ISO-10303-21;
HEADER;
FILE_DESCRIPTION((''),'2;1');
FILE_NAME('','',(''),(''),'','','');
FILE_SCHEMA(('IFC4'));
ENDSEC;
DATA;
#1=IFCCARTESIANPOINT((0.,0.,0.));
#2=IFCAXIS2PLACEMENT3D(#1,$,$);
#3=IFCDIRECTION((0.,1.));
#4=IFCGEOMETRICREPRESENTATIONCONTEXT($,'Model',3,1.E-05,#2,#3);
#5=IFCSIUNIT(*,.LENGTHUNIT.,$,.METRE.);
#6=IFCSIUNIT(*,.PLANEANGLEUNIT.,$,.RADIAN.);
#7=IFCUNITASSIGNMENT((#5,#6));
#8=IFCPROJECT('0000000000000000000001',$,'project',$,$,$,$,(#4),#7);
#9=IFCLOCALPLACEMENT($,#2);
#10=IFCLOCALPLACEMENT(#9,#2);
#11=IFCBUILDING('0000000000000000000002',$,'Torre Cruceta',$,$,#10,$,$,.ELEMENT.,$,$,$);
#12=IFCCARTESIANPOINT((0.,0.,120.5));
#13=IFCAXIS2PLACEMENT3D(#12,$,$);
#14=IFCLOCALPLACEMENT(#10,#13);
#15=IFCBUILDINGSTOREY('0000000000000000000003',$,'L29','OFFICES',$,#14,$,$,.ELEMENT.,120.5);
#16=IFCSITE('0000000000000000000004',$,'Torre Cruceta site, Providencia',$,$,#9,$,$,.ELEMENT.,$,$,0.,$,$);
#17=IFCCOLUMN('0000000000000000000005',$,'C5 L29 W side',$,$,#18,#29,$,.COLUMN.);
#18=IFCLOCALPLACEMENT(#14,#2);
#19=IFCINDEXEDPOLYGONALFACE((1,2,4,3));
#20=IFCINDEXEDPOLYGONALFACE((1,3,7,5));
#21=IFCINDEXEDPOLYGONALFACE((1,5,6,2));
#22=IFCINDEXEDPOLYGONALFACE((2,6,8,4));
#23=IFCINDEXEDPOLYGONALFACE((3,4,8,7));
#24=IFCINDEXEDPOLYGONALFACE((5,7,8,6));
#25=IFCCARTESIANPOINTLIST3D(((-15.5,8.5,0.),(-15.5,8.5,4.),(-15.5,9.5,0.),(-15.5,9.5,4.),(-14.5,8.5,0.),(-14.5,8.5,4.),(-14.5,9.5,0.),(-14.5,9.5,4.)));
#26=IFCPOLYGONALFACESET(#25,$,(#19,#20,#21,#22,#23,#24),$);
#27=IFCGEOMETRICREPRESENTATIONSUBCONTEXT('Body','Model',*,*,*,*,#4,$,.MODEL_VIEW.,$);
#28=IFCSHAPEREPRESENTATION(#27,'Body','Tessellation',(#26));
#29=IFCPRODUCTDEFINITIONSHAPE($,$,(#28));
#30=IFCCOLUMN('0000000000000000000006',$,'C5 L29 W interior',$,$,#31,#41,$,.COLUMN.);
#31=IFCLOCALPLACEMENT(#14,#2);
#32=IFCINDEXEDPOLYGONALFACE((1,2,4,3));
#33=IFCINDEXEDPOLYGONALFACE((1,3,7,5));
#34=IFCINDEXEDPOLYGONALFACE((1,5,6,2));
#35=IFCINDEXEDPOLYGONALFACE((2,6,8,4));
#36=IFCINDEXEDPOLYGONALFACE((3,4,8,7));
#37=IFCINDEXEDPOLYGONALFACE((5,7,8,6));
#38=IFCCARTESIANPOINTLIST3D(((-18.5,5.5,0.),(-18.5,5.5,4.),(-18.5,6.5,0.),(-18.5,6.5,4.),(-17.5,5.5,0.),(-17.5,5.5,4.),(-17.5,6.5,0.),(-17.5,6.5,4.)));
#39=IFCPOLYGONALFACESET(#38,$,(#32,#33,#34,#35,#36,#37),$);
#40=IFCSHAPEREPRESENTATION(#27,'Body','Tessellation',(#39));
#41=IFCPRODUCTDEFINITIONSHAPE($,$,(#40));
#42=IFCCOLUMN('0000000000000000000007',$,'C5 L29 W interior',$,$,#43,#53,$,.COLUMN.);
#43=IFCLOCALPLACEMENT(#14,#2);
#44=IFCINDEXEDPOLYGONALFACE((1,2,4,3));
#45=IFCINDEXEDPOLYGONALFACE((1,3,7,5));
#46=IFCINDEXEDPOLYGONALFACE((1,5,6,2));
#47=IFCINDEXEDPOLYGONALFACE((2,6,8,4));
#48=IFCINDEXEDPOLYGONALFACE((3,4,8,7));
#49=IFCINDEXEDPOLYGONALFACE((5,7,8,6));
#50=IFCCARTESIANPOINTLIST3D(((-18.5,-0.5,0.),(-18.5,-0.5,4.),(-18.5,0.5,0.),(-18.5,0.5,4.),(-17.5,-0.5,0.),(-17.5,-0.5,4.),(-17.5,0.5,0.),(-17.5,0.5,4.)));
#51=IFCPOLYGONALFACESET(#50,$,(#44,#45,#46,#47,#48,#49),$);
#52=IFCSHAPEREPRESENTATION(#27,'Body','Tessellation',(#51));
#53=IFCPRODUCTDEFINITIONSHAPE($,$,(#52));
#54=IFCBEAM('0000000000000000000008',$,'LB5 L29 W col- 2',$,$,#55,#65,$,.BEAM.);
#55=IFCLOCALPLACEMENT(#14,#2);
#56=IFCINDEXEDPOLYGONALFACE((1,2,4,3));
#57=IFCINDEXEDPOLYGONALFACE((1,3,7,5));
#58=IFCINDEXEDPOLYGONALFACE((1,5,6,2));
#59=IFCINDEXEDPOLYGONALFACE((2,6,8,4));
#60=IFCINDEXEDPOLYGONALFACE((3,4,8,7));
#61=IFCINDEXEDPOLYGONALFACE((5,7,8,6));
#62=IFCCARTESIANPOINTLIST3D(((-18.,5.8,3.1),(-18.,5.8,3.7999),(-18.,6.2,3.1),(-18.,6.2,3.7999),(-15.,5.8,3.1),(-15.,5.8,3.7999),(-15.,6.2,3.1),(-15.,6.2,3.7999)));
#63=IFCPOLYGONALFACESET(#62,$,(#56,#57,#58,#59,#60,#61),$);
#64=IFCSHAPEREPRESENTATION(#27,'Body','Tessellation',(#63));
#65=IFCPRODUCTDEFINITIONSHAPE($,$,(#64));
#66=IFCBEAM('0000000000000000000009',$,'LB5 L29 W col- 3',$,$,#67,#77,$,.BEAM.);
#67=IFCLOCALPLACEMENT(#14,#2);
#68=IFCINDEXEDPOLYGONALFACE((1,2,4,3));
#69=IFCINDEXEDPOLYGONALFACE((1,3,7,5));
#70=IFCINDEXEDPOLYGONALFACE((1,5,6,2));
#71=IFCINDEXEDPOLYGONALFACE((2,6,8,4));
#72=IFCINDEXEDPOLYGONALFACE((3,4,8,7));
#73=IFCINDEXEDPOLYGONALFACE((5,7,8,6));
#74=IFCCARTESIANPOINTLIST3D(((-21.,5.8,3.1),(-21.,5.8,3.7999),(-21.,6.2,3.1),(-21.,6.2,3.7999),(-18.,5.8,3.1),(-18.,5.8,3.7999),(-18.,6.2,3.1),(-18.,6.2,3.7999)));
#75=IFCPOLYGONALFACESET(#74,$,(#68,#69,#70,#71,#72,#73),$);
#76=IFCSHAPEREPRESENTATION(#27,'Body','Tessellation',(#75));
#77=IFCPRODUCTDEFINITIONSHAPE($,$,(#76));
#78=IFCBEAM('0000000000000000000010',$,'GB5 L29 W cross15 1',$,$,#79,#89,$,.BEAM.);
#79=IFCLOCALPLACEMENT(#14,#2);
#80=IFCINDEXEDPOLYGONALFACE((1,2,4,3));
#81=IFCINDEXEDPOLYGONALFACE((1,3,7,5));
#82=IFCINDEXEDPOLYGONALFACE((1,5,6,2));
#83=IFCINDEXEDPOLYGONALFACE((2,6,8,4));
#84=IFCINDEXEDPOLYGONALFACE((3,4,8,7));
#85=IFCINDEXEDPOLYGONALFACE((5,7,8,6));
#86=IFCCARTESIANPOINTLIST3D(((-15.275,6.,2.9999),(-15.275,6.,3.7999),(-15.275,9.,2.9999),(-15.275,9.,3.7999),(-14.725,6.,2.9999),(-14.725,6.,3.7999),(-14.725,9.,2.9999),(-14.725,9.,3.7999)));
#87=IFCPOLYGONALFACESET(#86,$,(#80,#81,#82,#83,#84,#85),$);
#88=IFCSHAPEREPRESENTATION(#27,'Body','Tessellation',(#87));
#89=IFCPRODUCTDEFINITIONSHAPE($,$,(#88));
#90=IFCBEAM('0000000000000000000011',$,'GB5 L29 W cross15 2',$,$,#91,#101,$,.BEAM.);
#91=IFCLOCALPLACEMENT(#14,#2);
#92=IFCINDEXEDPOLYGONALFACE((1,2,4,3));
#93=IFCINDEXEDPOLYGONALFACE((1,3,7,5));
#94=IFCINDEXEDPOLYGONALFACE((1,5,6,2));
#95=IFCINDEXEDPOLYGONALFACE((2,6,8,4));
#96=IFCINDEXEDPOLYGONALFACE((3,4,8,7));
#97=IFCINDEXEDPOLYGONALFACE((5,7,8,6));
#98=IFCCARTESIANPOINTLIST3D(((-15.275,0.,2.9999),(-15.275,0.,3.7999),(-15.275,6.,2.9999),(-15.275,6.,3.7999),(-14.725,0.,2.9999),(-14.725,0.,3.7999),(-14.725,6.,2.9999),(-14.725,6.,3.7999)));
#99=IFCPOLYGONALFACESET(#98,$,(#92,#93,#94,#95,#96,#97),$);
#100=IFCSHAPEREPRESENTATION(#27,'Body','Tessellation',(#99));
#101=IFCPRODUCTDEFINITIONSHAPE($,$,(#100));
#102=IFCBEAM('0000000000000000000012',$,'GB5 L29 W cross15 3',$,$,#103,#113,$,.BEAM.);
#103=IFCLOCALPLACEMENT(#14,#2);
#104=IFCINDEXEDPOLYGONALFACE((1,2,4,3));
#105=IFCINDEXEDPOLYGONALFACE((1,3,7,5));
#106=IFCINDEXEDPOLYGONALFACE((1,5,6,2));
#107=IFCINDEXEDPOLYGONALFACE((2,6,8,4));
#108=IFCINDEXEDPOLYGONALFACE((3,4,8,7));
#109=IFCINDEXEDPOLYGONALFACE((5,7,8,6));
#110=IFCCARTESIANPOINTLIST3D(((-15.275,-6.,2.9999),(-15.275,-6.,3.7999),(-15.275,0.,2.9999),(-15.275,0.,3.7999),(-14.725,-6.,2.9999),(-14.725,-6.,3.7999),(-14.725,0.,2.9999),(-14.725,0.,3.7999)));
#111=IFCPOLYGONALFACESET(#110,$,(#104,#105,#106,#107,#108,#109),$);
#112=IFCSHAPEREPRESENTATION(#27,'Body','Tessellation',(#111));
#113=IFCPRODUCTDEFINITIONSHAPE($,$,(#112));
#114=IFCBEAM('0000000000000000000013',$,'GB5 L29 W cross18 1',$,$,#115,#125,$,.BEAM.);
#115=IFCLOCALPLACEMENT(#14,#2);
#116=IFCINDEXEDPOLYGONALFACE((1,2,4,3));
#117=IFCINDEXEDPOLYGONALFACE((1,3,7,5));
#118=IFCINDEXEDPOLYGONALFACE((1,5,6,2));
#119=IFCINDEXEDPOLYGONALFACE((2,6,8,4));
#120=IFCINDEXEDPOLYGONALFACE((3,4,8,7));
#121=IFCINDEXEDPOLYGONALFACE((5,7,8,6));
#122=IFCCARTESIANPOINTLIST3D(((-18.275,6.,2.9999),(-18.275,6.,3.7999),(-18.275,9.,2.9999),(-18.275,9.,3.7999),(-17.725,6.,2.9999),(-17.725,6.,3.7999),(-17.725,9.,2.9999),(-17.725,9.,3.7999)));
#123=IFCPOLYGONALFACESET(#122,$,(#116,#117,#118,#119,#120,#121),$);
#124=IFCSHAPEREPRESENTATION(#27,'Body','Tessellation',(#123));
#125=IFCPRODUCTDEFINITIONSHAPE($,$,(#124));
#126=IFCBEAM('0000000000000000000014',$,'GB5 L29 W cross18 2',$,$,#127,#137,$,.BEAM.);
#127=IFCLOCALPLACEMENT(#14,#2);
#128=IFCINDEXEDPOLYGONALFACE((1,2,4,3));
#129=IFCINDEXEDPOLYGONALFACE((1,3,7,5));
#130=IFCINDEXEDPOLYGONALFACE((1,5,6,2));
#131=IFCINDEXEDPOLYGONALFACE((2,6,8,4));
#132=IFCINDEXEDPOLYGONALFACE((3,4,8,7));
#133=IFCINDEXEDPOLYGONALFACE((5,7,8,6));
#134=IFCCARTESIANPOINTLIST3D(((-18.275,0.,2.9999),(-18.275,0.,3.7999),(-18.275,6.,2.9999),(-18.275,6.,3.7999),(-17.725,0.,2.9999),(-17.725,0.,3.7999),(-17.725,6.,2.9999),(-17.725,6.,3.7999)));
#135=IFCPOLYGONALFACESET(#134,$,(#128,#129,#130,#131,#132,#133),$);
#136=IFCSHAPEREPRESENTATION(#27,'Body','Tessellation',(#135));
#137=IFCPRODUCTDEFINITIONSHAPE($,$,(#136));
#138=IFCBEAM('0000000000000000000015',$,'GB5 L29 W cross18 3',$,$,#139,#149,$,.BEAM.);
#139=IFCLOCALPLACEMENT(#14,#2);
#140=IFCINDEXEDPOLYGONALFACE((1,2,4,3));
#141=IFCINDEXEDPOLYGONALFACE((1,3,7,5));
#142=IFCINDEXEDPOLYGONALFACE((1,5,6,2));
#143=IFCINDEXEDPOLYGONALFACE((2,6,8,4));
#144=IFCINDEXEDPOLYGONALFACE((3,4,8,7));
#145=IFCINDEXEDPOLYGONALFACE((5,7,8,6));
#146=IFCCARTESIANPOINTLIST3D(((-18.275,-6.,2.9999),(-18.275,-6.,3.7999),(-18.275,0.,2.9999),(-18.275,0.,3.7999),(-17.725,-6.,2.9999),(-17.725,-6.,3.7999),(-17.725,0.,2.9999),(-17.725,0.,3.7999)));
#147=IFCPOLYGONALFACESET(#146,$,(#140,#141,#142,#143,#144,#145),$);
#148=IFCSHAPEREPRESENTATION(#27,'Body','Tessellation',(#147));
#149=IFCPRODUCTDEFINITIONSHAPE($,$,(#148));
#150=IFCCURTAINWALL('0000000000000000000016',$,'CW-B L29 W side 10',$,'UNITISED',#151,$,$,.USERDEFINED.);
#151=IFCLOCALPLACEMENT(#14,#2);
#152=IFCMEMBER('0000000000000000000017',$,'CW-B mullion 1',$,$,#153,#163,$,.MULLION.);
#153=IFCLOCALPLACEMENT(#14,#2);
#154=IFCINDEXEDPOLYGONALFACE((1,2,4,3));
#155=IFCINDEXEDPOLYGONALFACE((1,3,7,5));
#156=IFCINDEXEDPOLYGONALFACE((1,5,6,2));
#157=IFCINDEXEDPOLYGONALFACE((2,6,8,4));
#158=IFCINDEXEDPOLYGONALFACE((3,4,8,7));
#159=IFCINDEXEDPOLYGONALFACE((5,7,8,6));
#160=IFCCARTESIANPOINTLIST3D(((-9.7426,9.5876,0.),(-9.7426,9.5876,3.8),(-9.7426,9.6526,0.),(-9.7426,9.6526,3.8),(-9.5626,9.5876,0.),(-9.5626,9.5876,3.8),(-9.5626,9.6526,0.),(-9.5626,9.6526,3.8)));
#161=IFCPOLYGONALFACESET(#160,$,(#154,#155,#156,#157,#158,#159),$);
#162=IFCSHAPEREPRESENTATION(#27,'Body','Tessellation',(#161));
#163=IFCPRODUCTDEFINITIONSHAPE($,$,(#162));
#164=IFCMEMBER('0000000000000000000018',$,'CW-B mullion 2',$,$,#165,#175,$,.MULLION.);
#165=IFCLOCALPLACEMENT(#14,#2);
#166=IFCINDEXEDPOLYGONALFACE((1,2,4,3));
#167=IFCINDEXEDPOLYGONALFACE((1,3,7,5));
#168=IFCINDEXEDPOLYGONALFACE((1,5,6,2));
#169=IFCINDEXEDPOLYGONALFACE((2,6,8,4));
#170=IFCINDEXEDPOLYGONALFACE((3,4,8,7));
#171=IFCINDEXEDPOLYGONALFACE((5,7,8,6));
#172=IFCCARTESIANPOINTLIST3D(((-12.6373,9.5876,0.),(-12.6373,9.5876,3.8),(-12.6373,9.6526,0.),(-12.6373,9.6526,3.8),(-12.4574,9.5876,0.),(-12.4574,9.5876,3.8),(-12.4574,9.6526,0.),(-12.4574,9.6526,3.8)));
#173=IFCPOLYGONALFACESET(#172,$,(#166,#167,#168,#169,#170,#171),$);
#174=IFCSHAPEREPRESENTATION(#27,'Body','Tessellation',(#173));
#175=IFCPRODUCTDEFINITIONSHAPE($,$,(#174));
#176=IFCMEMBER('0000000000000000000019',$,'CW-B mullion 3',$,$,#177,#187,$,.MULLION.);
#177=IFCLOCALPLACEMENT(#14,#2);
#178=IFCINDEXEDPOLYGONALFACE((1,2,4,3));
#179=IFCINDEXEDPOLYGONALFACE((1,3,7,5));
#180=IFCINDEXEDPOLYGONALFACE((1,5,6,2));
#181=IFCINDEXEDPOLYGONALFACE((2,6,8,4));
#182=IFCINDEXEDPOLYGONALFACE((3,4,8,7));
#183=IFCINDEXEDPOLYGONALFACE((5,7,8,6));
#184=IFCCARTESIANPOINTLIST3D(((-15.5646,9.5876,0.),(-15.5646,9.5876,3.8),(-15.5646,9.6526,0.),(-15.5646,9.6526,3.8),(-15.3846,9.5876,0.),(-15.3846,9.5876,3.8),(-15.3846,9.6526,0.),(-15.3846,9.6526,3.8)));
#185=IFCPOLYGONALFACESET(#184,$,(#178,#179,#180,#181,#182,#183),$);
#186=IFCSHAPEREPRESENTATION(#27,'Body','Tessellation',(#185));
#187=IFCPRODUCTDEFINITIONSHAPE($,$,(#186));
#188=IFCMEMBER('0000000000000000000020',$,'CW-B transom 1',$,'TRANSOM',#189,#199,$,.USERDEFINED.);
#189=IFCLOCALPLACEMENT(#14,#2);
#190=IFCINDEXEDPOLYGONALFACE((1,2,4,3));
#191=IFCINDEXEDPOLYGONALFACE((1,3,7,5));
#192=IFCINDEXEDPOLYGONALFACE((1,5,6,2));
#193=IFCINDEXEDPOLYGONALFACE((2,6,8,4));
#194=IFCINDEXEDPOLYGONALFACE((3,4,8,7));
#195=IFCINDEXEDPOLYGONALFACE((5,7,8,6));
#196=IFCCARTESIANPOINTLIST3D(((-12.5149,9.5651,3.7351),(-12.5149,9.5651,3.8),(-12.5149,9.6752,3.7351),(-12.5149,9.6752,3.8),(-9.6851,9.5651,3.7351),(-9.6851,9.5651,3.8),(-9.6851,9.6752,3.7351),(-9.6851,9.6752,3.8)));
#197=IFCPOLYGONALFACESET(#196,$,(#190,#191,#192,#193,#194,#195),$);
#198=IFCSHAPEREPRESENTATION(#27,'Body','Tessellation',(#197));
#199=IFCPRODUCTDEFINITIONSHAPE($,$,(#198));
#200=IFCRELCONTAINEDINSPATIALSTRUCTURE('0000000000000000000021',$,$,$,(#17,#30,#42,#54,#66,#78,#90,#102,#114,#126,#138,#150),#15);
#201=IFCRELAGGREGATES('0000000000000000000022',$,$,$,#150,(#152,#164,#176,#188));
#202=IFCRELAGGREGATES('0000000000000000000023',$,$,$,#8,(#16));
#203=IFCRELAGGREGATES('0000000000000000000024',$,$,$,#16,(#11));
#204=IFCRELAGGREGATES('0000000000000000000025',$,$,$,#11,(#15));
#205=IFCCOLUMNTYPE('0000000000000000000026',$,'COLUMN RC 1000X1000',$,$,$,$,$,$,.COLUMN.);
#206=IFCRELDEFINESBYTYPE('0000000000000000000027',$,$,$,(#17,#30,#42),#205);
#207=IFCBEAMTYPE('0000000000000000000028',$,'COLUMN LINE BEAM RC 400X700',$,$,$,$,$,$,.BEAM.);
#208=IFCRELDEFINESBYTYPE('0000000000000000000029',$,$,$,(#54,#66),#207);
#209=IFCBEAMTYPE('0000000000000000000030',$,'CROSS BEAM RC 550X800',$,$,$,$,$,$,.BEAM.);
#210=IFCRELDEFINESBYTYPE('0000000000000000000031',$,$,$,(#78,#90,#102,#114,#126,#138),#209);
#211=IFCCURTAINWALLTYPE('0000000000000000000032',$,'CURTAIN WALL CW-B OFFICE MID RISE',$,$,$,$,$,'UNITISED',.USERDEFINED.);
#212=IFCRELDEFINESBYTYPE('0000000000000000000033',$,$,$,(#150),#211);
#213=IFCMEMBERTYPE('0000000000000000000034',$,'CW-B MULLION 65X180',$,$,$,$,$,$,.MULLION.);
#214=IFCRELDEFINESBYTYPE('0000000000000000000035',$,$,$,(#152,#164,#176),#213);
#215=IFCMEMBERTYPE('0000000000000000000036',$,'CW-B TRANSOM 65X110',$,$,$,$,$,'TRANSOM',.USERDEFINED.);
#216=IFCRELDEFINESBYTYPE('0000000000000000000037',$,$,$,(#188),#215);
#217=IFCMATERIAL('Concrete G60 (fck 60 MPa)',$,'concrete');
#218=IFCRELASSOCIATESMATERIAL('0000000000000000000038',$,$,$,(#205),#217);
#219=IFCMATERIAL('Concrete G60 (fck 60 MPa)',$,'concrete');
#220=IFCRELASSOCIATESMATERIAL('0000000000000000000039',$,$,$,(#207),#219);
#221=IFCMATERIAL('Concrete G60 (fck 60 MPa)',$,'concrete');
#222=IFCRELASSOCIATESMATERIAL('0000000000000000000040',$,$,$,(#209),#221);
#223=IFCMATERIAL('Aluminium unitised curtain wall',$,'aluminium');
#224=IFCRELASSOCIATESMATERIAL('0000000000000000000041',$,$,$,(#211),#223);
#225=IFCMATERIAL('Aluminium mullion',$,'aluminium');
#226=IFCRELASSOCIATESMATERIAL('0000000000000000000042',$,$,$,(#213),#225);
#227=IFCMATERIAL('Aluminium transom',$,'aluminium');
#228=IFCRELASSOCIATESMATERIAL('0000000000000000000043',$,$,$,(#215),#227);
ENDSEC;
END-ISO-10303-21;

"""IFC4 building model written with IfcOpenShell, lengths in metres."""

from ifc_helpers import new_model, si_unit, direction, frame, origin, origin_2d, place, context, subcontext, project, spatial, rectangle, extrude, material, material_profile, profile_set, type_object, element, aggregate, save


model = new_model("IFC4")

# Units and contexts
model_context = context("Model", 3, precision=1e-05, world=origin(), true_north=direction((0.0, 1.0)))
body_context = subcontext(model_context, "Body", "Model", "MODEL_VIEW")
ifc_project = project(units=[si_unit("LENGTHUNIT", "METRE"), si_unit("PLANEANGLEUNIT", "RADIAN")], contexts=[model_context])

# Site, building, storey
site_placement = place(None, origin())
site = spatial("IfcSite", under=ifc_project, at=site_placement, Name="Torre Cruceta site, Providencia", CompositionType="ELEMENT", RefElevation=0.0)
building_placement = place(site_placement, origin())
building = spatial("IfcBuilding", under=site, at=building_placement, Name="Torre Cruceta", CompositionType="ELEMENT")
storey_placement = place(building_placement, frame((0.0, 0.0, 120.5)))
storey = spatial("IfcBuildingStorey", under=building, at=storey_placement, Name="L29", Description="OFFICES", CompositionType="ELEMENT", Elevation=120.5)

# Columns
ifc_material_1 = material(Name="Concrete G60 (fck 60 MPa)", Category="concrete")
ifc_material_profile_1 = material_profile(ifc_material_1, rectangle(XDim=1.0, YDim=1.0, at=origin_2d()), Name="RC 1000X1000")
ifc_profile_set_1 = profile_set([ifc_material_profile_1], Name="Concrete G60 (fck 60 MPa)")
column_type = type_object("IfcColumnType", Name="COLUMN RC 1000X1000", PredefinedType="COLUMN", material=ifc_profile_set_1)
for number, where, z_axis, x_axis, name in (
    (1, (-15.0, 9.0, 0.0), (0.0, 0.0, 1.0), (1.0, 0.0, 0.0), "C5 L29 W side"),
    (2, (-18.0, 6.0, 0.0), (0.0, 0.0, 1.0), (1.0, 0.0, 0.0), "C5 L29 W interior"),
    (3, (-18.0, 0.0, 0.0), (0.0, 0.0, 1.0), (1.0, 0.0, 0.0), "C5 L29 W interior"),
):
    element("IfcColumn", number, at=place(storey_placement, frame(where, z_axis=z_axis, x_axis=x_axis)), inside=storey, type_object=column_type, Name=name, PredefinedType="COLUMN", context=body_context, shape_type="SweptSolid", body=[
        extrude(rectangle(XDim=1.0, YDim=1.0, at=origin_2d()), origin(), (0.0, 0.0, 1.0), 4.0),
    ])

# Beams
ifc_material_2 = material(Name="Concrete G60 (fck 60 MPa)", Category="concrete")
ifc_material_profile_2 = material_profile(ifc_material_2, rectangle(XDim=0.3999, YDim=0.7, at=origin_2d()), Name="RC 400X700")
ifc_profile_set_2 = profile_set([ifc_material_profile_2], Name="Concrete G60 (fck 60 MPa)")
beam_type_1 = type_object("IfcBeamType", Name="COLUMN LINE BEAM RC 400X700", PredefinedType="BEAM", material=ifc_profile_set_2)
for number, where, z_axis, x_axis, name in (
    (4, (-15.0, 6.0, 3.45), (-1.0, 0.0, 0.0), (0.0, -1.0, 0.0), "LB5 L29 W col- 2"),
    (5, (-18.0, 6.0, 3.45), (-1.0, 0.0, 0.0), (0.0, -1.0, 0.0), "LB5 L29 W col- 3"),
):
    element("IfcBeam", number, at=place(storey_placement, frame(where, z_axis=z_axis, x_axis=x_axis)), inside=storey, type_object=beam_type_1, Name=name, PredefinedType="BEAM", context=body_context, shape_type="SweptSolid", body=[
        extrude(rectangle(XDim=0.3999, YDim=0.7, at=origin_2d()), origin(), (0.0, 0.0, 1.0), 3.0),
    ])
ifc_material_3 = material(Name="Concrete G60 (fck 60 MPa)", Category="concrete")
ifc_material_profile_3 = material_profile(ifc_material_3, rectangle(XDim=0.55, YDim=0.8, at=origin_2d()), Name="RC 550X800")
ifc_profile_set_3 = profile_set([ifc_material_profile_3], Name="Concrete G60 (fck 60 MPa)")
beam_type_2 = type_object("IfcBeamType", Name="CROSS BEAM RC 550X800", PredefinedType="BEAM", material=ifc_profile_set_3)
beam_1_placement = place(storey_placement, frame((-15.0, 9.0, 3.3999), z_axis=(0.0, -1.0, 0.0), x_axis=(1.0, 0.0, 0.0)))
element("IfcBeam", 6, at=beam_1_placement, inside=storey, type_object=beam_type_2, Name="GB5 L29 W cross15 1", PredefinedType="BEAM", context=body_context, shape_type="SweptSolid", body=[
    extrude(rectangle(XDim=0.55, YDim=0.8, at=origin_2d()), origin(), (0.0, 0.0, 1.0), 3.0),
])
for number, where, z_axis, x_axis, name in (
    (7, (-15.0, 6.0, 3.3999), (0.0, -1.0, 0.0), (1.0, 0.0, 0.0), "GB5 L29 W cross15 2"),
    (8, (-15.0, 0.0, 3.3999), (0.0, -1.0, 0.0), (1.0, 0.0, 0.0), "GB5 L29 W cross15 3"),
):
    element("IfcBeam", number, at=place(storey_placement, frame(where, z_axis=z_axis, x_axis=x_axis)), inside=storey, type_object=beam_type_2, Name=name, PredefinedType="BEAM", context=body_context, shape_type="SweptSolid", body=[
        extrude(rectangle(XDim=0.55, YDim=0.8, at=origin_2d()), origin(), (0.0, 0.0, 1.0), 6.0),
    ])
beam_2_placement = place(storey_placement, frame((-18.0, 9.0, 3.3999), z_axis=(0.0, -1.0, 0.0), x_axis=(1.0, 0.0, 0.0)))
element("IfcBeam", 9, at=beam_2_placement, inside=storey, type_object=beam_type_2, Name="GB5 L29 W cross18 1", PredefinedType="BEAM", context=body_context, shape_type="SweptSolid", body=[
    extrude(rectangle(XDim=0.55, YDim=0.8, at=origin_2d()), origin(), (0.0, 0.0, 1.0), 3.0),
])
for number, where, z_axis, x_axis, name in (
    (10, (-18.0, 6.0, 3.3999), (0.0, -1.0, 0.0), (1.0, 0.0, 0.0), "GB5 L29 W cross18 2"),
    (11, (-18.0, 0.0, 3.3999), (0.0, -1.0, 0.0), (1.0, 0.0, 0.0), "GB5 L29 W cross18 3"),
):
    element("IfcBeam", number, at=place(storey_placement, frame(where, z_axis=z_axis, x_axis=x_axis)), inside=storey, type_object=beam_type_2, Name=name, PredefinedType="BEAM", context=body_context, shape_type="SweptSolid", body=[
        extrude(rectangle(XDim=0.55, YDim=0.8, at=origin_2d()), origin(), (0.0, 0.0, 1.0), 6.0),
    ])

# Curtain wall, members
ifc_material_4 = material(Name="Aluminium unitised curtain wall", Category="aluminium")
curtain_wall_type = type_object("IfcCurtainWallType", Name="CURTAIN WALL CW-B OFFICE MID RISE", ElementType="UNITISED", PredefinedType="USERDEFINED", material=ifc_material_4)
curtain_wall_placement = place(storey_placement, origin())
curtain_wall = element("IfcCurtainWall", 12, at=curtain_wall_placement, inside=storey, type_object=curtain_wall_type, Name="CW-B L29 W side 10", ObjectType="UNITISED", PredefinedType="USERDEFINED")
ifc_material_5 = material(Name="Aluminium mullion", Category="aluminium")
ifc_material_profile_4 = material_profile(ifc_material_5, rectangle(XDim=0.0649, YDim=0.1799, at=origin_2d()), Name="AL 65X180")
ifc_profile_set_4 = profile_set([ifc_material_profile_4], Name="Aluminium mullion")
member_type_1 = type_object("IfcMemberType", Name="CW-B MULLION 65X180", PredefinedType="MULLION", material=ifc_profile_set_4)
member_1_placement = place(storey_placement, frame((-9.6526, 9.6201, 0.0), z_axis=(0.0, 0.0, 1.0), x_axis=(0.0, -1.0, 0.0)))
member_1 = element("IfcMember", 13, at=member_1_placement, type_object=member_type_1, Name="CW-B mullion 1", PredefinedType="MULLION", context=body_context, shape_type="SweptSolid", body=[
    extrude(rectangle(XDim=0.0649, YDim=0.1799, at=origin_2d()), origin(), (0.0, 0.0, 1.0), 3.8),
])
member_2_placement = place(storey_placement, frame((-12.5474, 9.6201, 0.0), z_axis=(0.0, 0.0, 1.0), x_axis=(0.0, -1.0, 0.0)))
member_2 = element("IfcMember", 14, at=member_2_placement, type_object=member_type_1, Name="CW-B mullion 2", PredefinedType="MULLION", context=body_context, shape_type="SweptSolid", body=[
    extrude(rectangle(XDim=0.0649, YDim=0.1799, at=origin_2d()), origin(), (0.0, 0.0, 1.0), 3.8),
])
member_3_placement = place(storey_placement, frame((-15.4746, 9.6201, 0.0), z_axis=(0.0, 0.0, 1.0), x_axis=(0.0, -1.0, 0.0)))
member_3 = element("IfcMember", 15, at=member_3_placement, type_object=member_type_1, Name="CW-B mullion 3", PredefinedType="MULLION", context=body_context, shape_type="SweptSolid", body=[
    extrude(rectangle(XDim=0.0649, YDim=0.1799, at=origin_2d()), origin(), (0.0, 0.0, 1.0), 3.8),
])
ifc_material_6 = material(Name="Aluminium transom", Category="aluminium")
ifc_material_profile_5 = material_profile(ifc_material_6, rectangle(XDim=0.1101, YDim=0.0649, at=origin_2d()), Name="AL 110X65")
ifc_profile_set_5 = profile_set([ifc_material_profile_5], Name="Aluminium transom")
member_type_2 = type_object("IfcMemberType", Name="CW-B TRANSOM 65X110", ElementType="TRANSOM", PredefinedType="USERDEFINED", material=ifc_profile_set_5)
member_4_placement = place(storey_placement, frame((-9.6851, 9.6201, 3.7676), z_axis=(-1.0, 0.0, 0.0), x_axis=(0.0, -1.0, 0.0)))
member_4 = element("IfcMember", 16, at=member_4_placement, type_object=member_type_2, Name="CW-B transom 1", ObjectType="TRANSOM", PredefinedType="USERDEFINED", context=body_context, shape_type="SweptSolid", body=[
    extrude(rectangle(XDim=0.1101, YDim=0.0649, at=origin_2d()), origin(), (0.0, 0.0, 1.0), 2.8298),
])

aggregate(curtain_wall, [member_1, member_2, member_3, member_4])

save(model, "model.ifc")
